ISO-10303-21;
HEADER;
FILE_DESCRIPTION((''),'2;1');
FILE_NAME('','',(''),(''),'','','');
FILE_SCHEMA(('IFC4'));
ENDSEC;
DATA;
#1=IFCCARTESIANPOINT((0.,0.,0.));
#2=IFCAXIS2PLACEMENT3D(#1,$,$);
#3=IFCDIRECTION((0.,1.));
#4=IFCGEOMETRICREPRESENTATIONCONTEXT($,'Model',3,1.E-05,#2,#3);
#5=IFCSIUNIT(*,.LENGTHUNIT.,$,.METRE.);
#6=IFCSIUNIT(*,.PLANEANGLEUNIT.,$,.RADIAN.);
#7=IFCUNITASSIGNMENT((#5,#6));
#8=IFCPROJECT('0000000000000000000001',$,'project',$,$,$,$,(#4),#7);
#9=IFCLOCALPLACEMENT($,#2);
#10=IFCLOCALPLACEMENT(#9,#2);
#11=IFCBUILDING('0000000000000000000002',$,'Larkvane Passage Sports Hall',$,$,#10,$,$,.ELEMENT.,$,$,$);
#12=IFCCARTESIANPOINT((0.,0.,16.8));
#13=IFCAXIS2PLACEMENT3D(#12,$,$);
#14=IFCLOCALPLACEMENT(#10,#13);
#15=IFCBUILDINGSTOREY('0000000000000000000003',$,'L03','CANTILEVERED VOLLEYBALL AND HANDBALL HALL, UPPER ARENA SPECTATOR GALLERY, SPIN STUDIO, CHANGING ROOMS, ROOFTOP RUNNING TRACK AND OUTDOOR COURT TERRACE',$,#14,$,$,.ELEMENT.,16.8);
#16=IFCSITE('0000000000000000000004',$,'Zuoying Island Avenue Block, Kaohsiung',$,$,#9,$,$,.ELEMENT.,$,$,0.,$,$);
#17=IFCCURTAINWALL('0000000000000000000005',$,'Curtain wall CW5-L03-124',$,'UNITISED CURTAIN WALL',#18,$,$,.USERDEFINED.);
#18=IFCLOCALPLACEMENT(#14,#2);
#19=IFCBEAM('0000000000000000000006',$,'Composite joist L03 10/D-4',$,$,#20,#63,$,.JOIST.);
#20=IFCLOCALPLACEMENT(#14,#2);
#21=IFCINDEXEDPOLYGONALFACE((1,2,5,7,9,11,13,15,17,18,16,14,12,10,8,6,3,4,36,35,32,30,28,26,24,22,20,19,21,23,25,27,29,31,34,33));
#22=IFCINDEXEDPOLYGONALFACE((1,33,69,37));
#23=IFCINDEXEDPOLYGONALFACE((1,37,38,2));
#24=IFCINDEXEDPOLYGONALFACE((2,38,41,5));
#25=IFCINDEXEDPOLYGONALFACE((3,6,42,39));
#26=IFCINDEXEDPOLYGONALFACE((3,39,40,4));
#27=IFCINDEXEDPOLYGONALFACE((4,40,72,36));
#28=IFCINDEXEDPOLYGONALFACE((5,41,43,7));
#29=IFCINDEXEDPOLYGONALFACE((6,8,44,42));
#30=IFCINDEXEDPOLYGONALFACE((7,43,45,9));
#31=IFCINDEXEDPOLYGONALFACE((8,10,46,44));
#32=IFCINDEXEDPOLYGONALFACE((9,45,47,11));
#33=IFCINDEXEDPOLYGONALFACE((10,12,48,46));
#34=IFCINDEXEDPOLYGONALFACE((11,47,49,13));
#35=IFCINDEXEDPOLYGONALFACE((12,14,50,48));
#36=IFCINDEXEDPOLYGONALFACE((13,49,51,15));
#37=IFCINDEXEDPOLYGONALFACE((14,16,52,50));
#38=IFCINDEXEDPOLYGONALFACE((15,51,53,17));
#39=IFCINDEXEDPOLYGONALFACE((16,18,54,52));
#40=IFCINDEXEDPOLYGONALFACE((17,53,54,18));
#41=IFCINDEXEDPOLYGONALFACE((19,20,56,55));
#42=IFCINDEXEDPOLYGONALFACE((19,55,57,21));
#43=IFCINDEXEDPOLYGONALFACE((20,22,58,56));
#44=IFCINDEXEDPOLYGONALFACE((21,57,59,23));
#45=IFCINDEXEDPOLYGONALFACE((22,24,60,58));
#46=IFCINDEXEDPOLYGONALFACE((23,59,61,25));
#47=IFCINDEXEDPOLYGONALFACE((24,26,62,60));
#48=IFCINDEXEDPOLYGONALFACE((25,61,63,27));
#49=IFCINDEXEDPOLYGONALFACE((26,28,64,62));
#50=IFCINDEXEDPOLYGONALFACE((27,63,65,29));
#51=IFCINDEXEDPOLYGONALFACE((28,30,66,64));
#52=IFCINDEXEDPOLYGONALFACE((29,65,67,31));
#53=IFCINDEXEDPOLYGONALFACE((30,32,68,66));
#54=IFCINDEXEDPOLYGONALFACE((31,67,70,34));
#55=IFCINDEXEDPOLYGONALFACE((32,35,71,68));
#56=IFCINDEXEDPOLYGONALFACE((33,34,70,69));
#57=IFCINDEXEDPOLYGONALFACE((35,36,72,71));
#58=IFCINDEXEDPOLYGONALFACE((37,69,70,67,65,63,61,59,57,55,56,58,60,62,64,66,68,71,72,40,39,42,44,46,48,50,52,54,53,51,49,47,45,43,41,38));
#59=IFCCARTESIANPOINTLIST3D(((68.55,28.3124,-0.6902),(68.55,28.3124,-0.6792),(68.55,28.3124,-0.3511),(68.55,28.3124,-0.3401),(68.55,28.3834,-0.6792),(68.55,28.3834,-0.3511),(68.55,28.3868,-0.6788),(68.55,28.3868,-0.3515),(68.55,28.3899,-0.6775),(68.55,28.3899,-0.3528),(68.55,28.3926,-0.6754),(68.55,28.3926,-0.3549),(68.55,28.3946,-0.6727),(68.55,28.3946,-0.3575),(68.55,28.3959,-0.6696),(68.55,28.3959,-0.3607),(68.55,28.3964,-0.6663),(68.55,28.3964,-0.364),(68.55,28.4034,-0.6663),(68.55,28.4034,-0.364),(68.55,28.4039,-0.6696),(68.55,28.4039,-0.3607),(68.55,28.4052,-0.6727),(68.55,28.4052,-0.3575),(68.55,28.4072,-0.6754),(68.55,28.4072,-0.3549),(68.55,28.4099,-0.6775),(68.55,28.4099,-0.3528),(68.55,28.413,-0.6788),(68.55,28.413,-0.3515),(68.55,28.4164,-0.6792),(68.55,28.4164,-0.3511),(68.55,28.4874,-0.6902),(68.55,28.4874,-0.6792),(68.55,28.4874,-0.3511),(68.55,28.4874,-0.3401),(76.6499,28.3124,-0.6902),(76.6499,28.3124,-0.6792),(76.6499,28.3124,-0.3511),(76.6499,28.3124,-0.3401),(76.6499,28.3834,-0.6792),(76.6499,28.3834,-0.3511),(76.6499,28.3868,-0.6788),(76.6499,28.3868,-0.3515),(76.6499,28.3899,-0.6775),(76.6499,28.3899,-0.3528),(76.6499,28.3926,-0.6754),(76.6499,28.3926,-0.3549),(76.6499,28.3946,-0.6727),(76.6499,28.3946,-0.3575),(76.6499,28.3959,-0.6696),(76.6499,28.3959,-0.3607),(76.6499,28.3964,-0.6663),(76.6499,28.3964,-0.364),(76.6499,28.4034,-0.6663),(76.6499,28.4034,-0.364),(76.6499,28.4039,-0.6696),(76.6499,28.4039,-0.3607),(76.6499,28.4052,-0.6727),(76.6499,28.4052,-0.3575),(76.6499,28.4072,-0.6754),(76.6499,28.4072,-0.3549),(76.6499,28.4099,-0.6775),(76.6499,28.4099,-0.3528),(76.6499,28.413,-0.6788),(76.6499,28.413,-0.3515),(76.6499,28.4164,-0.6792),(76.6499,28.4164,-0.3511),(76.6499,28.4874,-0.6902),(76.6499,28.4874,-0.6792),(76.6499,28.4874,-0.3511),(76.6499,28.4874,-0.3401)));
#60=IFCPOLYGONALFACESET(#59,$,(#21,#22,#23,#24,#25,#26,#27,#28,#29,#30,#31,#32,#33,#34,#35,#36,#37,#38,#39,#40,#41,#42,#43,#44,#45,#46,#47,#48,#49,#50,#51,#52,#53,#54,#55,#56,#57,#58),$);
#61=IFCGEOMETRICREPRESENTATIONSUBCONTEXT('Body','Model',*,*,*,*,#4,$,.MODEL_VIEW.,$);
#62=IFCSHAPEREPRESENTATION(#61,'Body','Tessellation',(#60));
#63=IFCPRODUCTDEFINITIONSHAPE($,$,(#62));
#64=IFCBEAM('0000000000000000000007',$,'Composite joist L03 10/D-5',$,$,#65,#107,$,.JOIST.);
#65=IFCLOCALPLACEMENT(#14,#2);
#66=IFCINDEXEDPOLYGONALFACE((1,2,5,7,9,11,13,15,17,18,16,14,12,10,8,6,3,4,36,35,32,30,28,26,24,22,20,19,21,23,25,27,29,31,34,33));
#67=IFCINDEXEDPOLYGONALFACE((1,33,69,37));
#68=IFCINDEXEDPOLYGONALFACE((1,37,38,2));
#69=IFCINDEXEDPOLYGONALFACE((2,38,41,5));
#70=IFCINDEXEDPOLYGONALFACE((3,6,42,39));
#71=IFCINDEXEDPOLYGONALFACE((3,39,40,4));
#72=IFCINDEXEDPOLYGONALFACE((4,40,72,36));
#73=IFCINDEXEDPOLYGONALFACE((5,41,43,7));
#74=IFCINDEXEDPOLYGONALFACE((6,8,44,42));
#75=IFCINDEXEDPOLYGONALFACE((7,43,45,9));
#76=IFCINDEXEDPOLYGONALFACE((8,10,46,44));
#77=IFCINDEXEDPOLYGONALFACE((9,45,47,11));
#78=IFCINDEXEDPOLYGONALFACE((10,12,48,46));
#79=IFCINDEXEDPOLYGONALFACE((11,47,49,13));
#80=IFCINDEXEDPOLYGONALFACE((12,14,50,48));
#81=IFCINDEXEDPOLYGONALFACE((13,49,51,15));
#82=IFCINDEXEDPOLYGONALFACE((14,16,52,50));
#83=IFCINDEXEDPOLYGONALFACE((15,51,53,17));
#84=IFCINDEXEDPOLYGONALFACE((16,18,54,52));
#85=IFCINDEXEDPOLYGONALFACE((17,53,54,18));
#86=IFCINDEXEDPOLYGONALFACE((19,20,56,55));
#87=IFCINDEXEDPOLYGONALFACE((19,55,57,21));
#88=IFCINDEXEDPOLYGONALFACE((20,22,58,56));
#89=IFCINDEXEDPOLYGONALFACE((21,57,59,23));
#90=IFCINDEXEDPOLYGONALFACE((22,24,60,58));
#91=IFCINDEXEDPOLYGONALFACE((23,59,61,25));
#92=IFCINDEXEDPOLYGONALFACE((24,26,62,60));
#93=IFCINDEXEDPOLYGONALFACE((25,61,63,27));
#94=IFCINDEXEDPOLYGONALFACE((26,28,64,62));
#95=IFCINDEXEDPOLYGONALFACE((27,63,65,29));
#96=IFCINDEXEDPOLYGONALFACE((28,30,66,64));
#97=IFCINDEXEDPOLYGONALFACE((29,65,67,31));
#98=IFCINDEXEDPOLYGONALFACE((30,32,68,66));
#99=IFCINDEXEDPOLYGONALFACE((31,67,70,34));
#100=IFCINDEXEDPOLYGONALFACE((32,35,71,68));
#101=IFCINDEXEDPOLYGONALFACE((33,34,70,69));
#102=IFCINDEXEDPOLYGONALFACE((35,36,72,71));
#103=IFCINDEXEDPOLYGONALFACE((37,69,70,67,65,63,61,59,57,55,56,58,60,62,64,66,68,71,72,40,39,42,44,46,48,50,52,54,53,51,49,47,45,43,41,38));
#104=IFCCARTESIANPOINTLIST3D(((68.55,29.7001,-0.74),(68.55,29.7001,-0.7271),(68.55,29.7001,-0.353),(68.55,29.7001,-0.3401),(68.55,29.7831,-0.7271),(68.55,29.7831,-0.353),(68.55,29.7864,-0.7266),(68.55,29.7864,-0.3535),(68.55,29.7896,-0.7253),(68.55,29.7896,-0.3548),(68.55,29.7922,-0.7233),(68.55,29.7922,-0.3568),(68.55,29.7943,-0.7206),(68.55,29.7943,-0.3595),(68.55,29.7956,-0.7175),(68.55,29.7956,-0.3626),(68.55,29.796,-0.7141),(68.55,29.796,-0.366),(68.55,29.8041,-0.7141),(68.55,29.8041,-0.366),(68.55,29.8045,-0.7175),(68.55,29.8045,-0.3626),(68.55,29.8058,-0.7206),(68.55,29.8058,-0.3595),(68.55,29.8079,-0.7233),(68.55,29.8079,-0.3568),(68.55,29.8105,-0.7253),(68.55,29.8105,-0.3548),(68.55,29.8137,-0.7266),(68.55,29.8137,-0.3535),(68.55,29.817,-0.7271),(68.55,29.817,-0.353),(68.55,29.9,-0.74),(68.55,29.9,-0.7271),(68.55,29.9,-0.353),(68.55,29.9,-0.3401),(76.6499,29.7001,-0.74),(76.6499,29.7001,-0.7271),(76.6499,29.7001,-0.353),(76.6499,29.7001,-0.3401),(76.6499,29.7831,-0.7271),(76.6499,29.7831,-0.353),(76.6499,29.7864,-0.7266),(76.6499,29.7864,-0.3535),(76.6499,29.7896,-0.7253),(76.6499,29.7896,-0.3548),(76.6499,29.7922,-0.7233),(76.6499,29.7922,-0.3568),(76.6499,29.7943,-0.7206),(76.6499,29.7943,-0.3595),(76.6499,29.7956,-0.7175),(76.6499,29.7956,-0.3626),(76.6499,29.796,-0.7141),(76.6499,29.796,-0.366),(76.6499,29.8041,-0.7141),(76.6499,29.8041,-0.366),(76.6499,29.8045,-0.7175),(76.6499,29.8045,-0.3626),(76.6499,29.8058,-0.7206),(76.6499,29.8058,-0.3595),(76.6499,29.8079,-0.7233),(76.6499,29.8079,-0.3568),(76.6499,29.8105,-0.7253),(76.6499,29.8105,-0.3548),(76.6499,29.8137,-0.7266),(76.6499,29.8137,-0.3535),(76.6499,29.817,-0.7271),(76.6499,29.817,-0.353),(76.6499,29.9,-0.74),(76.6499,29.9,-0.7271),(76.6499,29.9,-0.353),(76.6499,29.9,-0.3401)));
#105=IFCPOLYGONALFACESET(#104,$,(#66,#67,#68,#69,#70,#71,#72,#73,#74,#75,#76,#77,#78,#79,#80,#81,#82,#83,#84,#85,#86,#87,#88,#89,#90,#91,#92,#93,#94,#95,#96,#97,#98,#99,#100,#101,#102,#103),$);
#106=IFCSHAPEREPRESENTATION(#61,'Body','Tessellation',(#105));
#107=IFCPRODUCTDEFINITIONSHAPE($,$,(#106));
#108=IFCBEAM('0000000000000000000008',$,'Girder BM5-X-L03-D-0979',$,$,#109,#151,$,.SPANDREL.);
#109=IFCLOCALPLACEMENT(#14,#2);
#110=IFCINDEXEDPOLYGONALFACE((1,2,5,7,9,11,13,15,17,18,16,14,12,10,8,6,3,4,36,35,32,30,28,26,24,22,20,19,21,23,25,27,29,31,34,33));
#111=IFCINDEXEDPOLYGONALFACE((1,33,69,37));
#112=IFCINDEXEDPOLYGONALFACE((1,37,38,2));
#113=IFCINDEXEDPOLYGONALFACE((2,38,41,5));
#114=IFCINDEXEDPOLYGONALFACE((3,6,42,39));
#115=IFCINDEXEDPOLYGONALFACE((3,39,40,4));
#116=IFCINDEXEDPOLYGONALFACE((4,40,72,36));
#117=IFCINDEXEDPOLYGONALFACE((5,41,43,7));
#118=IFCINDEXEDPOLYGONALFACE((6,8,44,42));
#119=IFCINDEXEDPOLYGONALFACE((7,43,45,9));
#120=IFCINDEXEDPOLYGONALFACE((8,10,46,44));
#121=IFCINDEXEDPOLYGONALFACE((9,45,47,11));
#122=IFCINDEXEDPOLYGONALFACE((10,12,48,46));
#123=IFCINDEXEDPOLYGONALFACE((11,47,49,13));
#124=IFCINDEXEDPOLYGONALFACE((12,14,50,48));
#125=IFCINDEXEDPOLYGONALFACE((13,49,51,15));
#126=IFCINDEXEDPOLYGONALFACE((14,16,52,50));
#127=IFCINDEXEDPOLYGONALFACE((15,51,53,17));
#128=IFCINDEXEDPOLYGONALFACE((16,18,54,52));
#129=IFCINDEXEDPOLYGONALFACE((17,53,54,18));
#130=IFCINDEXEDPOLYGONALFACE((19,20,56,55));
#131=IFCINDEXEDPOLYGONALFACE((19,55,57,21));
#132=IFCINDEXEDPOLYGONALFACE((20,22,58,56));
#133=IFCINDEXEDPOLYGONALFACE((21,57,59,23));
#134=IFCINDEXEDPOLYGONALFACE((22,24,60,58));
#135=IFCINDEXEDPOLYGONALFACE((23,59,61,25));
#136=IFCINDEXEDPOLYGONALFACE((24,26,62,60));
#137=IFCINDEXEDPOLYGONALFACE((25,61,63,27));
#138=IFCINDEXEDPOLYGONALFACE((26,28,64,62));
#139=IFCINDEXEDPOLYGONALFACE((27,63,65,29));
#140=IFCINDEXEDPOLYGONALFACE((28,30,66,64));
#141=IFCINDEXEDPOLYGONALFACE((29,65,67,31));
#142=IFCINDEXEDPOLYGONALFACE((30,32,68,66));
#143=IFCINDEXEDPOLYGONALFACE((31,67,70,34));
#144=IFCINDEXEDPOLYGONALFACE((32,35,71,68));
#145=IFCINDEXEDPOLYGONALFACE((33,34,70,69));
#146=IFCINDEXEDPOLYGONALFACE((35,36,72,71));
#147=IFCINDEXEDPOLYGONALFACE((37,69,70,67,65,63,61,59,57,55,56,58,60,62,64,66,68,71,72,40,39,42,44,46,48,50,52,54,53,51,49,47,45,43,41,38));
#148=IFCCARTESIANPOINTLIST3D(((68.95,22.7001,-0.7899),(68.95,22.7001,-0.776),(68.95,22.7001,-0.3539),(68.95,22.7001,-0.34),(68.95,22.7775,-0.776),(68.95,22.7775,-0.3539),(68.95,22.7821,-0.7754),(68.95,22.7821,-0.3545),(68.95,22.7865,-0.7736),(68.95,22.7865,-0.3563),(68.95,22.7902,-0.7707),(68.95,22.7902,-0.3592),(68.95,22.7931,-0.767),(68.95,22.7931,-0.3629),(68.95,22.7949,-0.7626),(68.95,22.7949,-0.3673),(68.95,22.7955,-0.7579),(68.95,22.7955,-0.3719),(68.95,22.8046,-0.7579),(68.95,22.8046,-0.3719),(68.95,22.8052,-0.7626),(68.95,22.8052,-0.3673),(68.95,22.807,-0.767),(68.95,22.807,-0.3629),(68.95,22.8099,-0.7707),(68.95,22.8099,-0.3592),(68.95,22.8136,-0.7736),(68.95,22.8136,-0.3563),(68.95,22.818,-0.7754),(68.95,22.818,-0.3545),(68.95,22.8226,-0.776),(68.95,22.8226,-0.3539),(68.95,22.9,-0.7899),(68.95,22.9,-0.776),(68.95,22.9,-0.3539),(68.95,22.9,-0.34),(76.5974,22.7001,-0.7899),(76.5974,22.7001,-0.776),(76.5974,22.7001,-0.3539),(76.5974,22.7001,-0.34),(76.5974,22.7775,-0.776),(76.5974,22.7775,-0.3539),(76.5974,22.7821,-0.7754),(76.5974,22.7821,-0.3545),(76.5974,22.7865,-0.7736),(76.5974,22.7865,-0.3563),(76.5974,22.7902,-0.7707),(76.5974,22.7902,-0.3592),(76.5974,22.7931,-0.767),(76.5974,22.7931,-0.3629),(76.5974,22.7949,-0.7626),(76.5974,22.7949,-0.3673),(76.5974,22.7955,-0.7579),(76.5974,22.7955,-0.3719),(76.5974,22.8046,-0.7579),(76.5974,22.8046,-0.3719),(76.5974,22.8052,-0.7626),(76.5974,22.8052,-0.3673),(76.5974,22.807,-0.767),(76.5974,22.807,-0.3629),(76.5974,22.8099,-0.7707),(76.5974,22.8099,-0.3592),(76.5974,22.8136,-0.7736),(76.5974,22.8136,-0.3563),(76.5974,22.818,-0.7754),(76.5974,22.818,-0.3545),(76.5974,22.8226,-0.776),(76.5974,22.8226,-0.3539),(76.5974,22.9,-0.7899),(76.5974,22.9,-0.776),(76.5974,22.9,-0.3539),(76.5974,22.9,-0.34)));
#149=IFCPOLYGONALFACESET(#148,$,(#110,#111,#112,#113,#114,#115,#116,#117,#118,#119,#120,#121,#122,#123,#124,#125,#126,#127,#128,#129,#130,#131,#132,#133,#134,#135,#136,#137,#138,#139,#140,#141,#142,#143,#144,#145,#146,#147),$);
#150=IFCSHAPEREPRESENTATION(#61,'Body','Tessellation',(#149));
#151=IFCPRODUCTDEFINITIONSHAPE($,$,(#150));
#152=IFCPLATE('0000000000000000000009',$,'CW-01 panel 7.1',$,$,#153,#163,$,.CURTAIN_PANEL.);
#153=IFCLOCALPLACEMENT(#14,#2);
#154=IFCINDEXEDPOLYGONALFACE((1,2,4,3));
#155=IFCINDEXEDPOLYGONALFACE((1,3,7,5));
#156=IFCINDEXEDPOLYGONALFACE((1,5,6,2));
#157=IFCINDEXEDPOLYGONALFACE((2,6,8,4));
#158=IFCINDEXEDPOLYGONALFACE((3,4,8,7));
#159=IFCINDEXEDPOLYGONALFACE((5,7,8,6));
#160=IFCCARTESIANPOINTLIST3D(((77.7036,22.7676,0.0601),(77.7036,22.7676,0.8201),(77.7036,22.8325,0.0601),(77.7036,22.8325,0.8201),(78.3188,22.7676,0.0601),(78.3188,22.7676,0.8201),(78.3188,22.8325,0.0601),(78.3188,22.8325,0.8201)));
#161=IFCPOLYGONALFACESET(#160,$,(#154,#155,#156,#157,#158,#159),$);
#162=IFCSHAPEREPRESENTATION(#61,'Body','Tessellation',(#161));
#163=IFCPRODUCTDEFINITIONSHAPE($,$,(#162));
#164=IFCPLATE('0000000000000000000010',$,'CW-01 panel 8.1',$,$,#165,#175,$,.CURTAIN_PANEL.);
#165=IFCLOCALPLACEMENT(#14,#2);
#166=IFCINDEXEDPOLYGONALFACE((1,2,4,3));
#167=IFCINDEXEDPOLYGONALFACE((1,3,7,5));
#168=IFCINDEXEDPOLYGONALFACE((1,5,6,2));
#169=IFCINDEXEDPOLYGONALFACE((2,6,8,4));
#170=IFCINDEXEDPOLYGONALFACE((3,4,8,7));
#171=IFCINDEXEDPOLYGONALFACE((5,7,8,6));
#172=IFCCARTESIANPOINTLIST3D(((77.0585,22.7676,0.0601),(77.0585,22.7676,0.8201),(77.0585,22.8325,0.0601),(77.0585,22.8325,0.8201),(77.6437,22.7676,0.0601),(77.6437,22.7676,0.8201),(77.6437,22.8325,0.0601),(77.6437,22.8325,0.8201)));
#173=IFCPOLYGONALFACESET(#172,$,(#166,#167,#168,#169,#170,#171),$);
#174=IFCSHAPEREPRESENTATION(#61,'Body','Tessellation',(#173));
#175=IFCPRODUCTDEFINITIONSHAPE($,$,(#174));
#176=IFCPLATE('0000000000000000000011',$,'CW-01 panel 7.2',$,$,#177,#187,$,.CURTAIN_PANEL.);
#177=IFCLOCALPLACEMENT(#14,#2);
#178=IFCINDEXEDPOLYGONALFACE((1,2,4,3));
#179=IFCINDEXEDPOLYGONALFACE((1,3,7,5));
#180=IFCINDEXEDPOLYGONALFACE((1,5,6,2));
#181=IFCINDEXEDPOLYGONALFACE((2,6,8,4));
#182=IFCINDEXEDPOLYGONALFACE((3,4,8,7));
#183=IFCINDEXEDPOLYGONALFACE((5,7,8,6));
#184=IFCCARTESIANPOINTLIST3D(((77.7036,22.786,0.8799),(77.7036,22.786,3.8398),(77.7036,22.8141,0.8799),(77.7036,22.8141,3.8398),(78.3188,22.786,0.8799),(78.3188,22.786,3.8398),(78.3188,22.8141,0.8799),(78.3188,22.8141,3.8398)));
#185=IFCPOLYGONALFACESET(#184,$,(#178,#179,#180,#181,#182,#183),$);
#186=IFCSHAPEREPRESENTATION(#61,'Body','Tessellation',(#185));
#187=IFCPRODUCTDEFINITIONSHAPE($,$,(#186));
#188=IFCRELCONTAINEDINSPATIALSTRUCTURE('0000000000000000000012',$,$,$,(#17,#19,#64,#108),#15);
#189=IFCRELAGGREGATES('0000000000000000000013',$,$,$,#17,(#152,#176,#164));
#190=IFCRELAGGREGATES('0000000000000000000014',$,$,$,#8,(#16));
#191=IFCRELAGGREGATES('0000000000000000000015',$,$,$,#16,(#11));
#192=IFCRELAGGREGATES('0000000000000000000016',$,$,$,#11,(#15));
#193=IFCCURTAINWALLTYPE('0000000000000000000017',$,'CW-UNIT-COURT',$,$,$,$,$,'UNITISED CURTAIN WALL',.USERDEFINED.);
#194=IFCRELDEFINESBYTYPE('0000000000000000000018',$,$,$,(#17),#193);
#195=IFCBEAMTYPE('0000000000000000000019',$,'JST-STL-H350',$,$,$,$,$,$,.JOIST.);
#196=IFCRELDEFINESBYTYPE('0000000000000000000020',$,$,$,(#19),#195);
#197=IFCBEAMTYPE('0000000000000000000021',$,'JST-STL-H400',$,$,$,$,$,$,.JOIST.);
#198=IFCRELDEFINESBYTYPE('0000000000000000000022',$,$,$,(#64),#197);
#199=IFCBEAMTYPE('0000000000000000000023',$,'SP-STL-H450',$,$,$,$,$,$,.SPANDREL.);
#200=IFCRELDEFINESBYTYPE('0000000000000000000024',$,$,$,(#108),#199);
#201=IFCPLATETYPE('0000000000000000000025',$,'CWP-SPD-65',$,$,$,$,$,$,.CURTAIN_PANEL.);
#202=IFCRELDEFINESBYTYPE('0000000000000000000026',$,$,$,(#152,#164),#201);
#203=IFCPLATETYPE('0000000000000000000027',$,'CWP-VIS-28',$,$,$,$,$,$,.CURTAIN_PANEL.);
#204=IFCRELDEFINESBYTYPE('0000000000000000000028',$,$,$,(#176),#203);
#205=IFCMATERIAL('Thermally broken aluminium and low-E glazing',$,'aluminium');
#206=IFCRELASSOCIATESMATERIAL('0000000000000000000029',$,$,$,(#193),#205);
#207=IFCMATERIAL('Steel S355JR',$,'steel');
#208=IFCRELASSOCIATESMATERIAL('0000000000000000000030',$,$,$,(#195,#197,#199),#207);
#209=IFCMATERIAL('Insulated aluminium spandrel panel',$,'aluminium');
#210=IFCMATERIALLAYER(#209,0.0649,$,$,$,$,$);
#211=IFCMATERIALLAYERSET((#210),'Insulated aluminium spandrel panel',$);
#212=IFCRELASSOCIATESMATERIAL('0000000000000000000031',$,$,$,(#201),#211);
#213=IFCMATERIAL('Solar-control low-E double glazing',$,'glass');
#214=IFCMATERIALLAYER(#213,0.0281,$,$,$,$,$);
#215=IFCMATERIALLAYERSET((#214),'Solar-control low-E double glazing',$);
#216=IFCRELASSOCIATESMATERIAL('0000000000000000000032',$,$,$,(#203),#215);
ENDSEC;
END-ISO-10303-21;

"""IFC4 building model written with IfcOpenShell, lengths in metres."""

from ifc_helpers import new_model, si_unit, direction, frame, origin, origin_2d, place, context, subcontext, project, spatial, rectangle, i_section, extrude, material, layer, layer_set, material_profile, profile_set, type_object, element, aggregate, save


model = new_model("IFC4")

# Units and contexts
model_context = context("Model", 3, precision=1e-05, world=origin(), true_north=direction((0.0, 1.0)))
body_context = subcontext(model_context, "Body", "Model", "MODEL_VIEW")
ifc_project = project(units=[si_unit("LENGTHUNIT", "METRE"), si_unit("PLANEANGLEUNIT", "RADIAN")], contexts=[model_context])

# Site, building, storey
site_placement = place(None, origin())
site = spatial("IfcSite", under=ifc_project, at=site_placement, Name="Zuoying Island Avenue Block, Kaohsiung", CompositionType="ELEMENT", RefElevation=0.0)
building_placement = place(site_placement, origin())
building = spatial("IfcBuilding", under=site, at=building_placement, Name="Larkvane Passage Sports Hall", CompositionType="ELEMENT")
storey_placement = place(building_placement, frame((0.0, 0.0, 16.8)))
storey = spatial("IfcBuildingStorey", under=building, at=storey_placement, Name="L03", Description="CANTILEVERED VOLLEYBALL AND HANDBALL HALL, UPPER ARENA SPECTATOR GALLERY, SPIN STUDIO, CHANGING ROOMS, ROOFTOP RUNNING TRACK AND OUTDOOR COURT TERRACE", CompositionType="ELEMENT", Elevation=16.8)

# Shared definitions
ifc_material_1 = material(Name="Steel S355JR", Category="steel")

# Curtain wall
ifc_material_2 = material(Name="Thermally broken aluminium and low-E glazing", Category="aluminium")
curtain_wall_type_1 = type_object("IfcCurtainWallType", Name="CW-UNIT-COURT", ElementType="UNITISED CURTAIN WALL", PredefinedType="USERDEFINED", material=ifc_material_2)
curtain_wall_1_placement = place(storey_placement, origin())
curtain_wall_1 = element("IfcCurtainWall", 1, at=curtain_wall_1_placement, inside=storey, type_object=curtain_wall_type_1, Name="Curtain wall CW5-L03-124", ObjectType="UNITISED CURTAIN WALL", PredefinedType="USERDEFINED")

# Beams
ifc_material_profile_1 = material_profile(ifc_material_1, i_section(OverallWidth=0.175, OverallDepth=0.3501, WebThickness=0.0071, FlangeThickness=0.011, FilletRadius=0.0129, at=origin_2d()), Name="H-350x175x7x11")
ifc_profile_set_1 = profile_set([ifc_material_profile_1], Name="Steel S355JR")
beam_type_1 = type_object("IfcBeamType", Name="JST-STL-H350", PredefinedType="JOIST", material=ifc_profile_set_1)
beam_1_placement = place(storey_placement, frame((68.55, 28.3999, -0.5151), z_axis=(1.0, 0.0, 0.0), x_axis=(0.0, 1.0, 0.0)))
element("IfcBeam", 2, at=beam_1_placement, inside=storey, type_object=beam_type_1, Name="Composite joist L03 10/D-4", PredefinedType="JOIST", context=body_context, shape_type="SweptSolid", body=[
    extrude(i_section(OverallWidth=0.175, OverallDepth=0.3501, WebThickness=0.0071, FlangeThickness=0.011, FilletRadius=0.0129, at=origin_2d()), origin(), (0.0, 0.0, 1.0), 8.0999),
])
ifc_material_profile_2 = material_profile(ifc_material_1, i_section(OverallWidth=0.2, OverallDepth=0.3999, WebThickness=0.0081, FlangeThickness=0.0129, FilletRadius=0.0129, at=origin_2d()), Name="H-400x200x8x13")
ifc_profile_set_2 = profile_set([ifc_material_profile_2], Name="Steel S355JR")
beam_type_2 = type_object("IfcBeamType", Name="JST-STL-H400", PredefinedType="JOIST", material=ifc_profile_set_2)
beam_2_placement = place(storey_placement, frame((68.55, 29.8, -0.54), z_axis=(1.0, 0.0, 0.0), x_axis=(0.0, 1.0, 0.0)))
element("IfcBeam", 3, at=beam_2_placement, inside=storey, type_object=beam_type_2, Name="Composite joist L03 10/D-5", PredefinedType="JOIST", context=body_context, shape_type="SweptSolid", body=[
    extrude(i_section(OverallWidth=0.2, OverallDepth=0.3999, WebThickness=0.0081, FlangeThickness=0.0129, FilletRadius=0.0129, at=origin_2d()), origin(), (0.0, 0.0, 1.0), 8.0999),
])
ifc_material_profile_3 = material_profile(ifc_material_1, i_section(OverallWidth=0.2, OverallDepth=0.45, WebThickness=0.009, FlangeThickness=0.0139, FilletRadius=0.0181, at=origin_2d()), Name="H-450x200x9x14")
ifc_profile_set_3 = profile_set([ifc_material_profile_3], Name="Steel S355JR")
beam_type_3 = type_object("IfcBeamType", Name="SP-STL-H450", PredefinedType="SPANDREL", material=ifc_profile_set_3)
beam_3_placement = place(storey_placement, frame((68.95, 22.8, -0.5649), z_axis=(1.0, 0.0, 0.0), x_axis=(0.0, 1.0, 0.0)))
element("IfcBeam", 4, at=beam_3_placement, inside=storey, type_object=beam_type_3, Name="Girder BM5-X-L03-D-0979", PredefinedType="SPANDREL", context=body_context, shape_type="SweptSolid", body=[
    extrude(i_section(OverallWidth=0.2, OverallDepth=0.45, WebThickness=0.009, FlangeThickness=0.0139, FilletRadius=0.0181, at=origin_2d()), origin(), (0.0, 0.0, 1.0), 7.6475),
])

# Plates
ifc_material_3 = material(Name="Insulated aluminium spandrel panel", Category="aluminium")
ifc_layer_1 = layer(ifc_material_3, 0.0649)
ifc_layer_set_1 = layer_set([ifc_layer_1], Name="Insulated aluminium spandrel panel")
plate_type_1 = type_object("IfcPlateType", Name="CWP-SPD-65", PredefinedType="CURTAIN_PANEL", material=ifc_layer_set_1)
plate_1_placement = place(storey_placement, frame((78.0112, 22.8, 0.0601), z_axis=(0.0, 0.0, 1.0), x_axis=(-1.0, 0.0, 0.0)))
plate_1 = element("IfcPlate", 5, at=plate_1_placement, type_object=plate_type_1, Name="CW-01 panel 7.1", PredefinedType="CURTAIN_PANEL", context=body_context, shape_type="SweptSolid", body=[
    extrude(rectangle(XDim=0.6152, YDim=0.0649, at=origin_2d()), origin(), (0.0, 0.0, 1.0), 0.76),
])
plate_2_placement = place(storey_placement, frame((77.3511, 22.8, 0.0601), z_axis=(0.0, 0.0, 1.0), x_axis=(-1.0, 0.0, 0.0)))
plate_2 = element("IfcPlate", 6, at=plate_2_placement, type_object=plate_type_1, Name="CW-01 panel 8.1", PredefinedType="CURTAIN_PANEL", context=body_context, shape_type="SweptSolid", body=[
    extrude(rectangle(XDim=0.5852, YDim=0.0649, at=origin_2d()), origin(), (0.0, 0.0, 1.0), 0.76),
])
ifc_material_4 = material(Name="Solar-control low-E double glazing", Category="glass")
ifc_layer_2 = layer(ifc_material_4, 0.0281)
ifc_layer_set_2 = layer_set([ifc_layer_2], Name="Solar-control low-E double glazing")
plate_type_2 = type_object("IfcPlateType", Name="CWP-VIS-28", PredefinedType="CURTAIN_PANEL", material=ifc_layer_set_2)
plate_3_placement = place(storey_placement, frame((78.0112, 22.8, 0.8799), z_axis=(0.0, 0.0, 1.0), x_axis=(-1.0, 0.0, 0.0)))
plate_3 = element("IfcPlate", 7, at=plate_3_placement, type_object=plate_type_2, Name="CW-01 panel 7.2", PredefinedType="CURTAIN_PANEL", context=body_context, shape_type="SweptSolid", body=[
    extrude(rectangle(XDim=0.6152, YDim=0.0281, at=origin_2d()), origin(), (0.0, 0.0, 1.0), 2.96),
])
aggregate(curtain_wall_1, [plate_1, plate_3, plate_2])

save(model, "model.ifc")
